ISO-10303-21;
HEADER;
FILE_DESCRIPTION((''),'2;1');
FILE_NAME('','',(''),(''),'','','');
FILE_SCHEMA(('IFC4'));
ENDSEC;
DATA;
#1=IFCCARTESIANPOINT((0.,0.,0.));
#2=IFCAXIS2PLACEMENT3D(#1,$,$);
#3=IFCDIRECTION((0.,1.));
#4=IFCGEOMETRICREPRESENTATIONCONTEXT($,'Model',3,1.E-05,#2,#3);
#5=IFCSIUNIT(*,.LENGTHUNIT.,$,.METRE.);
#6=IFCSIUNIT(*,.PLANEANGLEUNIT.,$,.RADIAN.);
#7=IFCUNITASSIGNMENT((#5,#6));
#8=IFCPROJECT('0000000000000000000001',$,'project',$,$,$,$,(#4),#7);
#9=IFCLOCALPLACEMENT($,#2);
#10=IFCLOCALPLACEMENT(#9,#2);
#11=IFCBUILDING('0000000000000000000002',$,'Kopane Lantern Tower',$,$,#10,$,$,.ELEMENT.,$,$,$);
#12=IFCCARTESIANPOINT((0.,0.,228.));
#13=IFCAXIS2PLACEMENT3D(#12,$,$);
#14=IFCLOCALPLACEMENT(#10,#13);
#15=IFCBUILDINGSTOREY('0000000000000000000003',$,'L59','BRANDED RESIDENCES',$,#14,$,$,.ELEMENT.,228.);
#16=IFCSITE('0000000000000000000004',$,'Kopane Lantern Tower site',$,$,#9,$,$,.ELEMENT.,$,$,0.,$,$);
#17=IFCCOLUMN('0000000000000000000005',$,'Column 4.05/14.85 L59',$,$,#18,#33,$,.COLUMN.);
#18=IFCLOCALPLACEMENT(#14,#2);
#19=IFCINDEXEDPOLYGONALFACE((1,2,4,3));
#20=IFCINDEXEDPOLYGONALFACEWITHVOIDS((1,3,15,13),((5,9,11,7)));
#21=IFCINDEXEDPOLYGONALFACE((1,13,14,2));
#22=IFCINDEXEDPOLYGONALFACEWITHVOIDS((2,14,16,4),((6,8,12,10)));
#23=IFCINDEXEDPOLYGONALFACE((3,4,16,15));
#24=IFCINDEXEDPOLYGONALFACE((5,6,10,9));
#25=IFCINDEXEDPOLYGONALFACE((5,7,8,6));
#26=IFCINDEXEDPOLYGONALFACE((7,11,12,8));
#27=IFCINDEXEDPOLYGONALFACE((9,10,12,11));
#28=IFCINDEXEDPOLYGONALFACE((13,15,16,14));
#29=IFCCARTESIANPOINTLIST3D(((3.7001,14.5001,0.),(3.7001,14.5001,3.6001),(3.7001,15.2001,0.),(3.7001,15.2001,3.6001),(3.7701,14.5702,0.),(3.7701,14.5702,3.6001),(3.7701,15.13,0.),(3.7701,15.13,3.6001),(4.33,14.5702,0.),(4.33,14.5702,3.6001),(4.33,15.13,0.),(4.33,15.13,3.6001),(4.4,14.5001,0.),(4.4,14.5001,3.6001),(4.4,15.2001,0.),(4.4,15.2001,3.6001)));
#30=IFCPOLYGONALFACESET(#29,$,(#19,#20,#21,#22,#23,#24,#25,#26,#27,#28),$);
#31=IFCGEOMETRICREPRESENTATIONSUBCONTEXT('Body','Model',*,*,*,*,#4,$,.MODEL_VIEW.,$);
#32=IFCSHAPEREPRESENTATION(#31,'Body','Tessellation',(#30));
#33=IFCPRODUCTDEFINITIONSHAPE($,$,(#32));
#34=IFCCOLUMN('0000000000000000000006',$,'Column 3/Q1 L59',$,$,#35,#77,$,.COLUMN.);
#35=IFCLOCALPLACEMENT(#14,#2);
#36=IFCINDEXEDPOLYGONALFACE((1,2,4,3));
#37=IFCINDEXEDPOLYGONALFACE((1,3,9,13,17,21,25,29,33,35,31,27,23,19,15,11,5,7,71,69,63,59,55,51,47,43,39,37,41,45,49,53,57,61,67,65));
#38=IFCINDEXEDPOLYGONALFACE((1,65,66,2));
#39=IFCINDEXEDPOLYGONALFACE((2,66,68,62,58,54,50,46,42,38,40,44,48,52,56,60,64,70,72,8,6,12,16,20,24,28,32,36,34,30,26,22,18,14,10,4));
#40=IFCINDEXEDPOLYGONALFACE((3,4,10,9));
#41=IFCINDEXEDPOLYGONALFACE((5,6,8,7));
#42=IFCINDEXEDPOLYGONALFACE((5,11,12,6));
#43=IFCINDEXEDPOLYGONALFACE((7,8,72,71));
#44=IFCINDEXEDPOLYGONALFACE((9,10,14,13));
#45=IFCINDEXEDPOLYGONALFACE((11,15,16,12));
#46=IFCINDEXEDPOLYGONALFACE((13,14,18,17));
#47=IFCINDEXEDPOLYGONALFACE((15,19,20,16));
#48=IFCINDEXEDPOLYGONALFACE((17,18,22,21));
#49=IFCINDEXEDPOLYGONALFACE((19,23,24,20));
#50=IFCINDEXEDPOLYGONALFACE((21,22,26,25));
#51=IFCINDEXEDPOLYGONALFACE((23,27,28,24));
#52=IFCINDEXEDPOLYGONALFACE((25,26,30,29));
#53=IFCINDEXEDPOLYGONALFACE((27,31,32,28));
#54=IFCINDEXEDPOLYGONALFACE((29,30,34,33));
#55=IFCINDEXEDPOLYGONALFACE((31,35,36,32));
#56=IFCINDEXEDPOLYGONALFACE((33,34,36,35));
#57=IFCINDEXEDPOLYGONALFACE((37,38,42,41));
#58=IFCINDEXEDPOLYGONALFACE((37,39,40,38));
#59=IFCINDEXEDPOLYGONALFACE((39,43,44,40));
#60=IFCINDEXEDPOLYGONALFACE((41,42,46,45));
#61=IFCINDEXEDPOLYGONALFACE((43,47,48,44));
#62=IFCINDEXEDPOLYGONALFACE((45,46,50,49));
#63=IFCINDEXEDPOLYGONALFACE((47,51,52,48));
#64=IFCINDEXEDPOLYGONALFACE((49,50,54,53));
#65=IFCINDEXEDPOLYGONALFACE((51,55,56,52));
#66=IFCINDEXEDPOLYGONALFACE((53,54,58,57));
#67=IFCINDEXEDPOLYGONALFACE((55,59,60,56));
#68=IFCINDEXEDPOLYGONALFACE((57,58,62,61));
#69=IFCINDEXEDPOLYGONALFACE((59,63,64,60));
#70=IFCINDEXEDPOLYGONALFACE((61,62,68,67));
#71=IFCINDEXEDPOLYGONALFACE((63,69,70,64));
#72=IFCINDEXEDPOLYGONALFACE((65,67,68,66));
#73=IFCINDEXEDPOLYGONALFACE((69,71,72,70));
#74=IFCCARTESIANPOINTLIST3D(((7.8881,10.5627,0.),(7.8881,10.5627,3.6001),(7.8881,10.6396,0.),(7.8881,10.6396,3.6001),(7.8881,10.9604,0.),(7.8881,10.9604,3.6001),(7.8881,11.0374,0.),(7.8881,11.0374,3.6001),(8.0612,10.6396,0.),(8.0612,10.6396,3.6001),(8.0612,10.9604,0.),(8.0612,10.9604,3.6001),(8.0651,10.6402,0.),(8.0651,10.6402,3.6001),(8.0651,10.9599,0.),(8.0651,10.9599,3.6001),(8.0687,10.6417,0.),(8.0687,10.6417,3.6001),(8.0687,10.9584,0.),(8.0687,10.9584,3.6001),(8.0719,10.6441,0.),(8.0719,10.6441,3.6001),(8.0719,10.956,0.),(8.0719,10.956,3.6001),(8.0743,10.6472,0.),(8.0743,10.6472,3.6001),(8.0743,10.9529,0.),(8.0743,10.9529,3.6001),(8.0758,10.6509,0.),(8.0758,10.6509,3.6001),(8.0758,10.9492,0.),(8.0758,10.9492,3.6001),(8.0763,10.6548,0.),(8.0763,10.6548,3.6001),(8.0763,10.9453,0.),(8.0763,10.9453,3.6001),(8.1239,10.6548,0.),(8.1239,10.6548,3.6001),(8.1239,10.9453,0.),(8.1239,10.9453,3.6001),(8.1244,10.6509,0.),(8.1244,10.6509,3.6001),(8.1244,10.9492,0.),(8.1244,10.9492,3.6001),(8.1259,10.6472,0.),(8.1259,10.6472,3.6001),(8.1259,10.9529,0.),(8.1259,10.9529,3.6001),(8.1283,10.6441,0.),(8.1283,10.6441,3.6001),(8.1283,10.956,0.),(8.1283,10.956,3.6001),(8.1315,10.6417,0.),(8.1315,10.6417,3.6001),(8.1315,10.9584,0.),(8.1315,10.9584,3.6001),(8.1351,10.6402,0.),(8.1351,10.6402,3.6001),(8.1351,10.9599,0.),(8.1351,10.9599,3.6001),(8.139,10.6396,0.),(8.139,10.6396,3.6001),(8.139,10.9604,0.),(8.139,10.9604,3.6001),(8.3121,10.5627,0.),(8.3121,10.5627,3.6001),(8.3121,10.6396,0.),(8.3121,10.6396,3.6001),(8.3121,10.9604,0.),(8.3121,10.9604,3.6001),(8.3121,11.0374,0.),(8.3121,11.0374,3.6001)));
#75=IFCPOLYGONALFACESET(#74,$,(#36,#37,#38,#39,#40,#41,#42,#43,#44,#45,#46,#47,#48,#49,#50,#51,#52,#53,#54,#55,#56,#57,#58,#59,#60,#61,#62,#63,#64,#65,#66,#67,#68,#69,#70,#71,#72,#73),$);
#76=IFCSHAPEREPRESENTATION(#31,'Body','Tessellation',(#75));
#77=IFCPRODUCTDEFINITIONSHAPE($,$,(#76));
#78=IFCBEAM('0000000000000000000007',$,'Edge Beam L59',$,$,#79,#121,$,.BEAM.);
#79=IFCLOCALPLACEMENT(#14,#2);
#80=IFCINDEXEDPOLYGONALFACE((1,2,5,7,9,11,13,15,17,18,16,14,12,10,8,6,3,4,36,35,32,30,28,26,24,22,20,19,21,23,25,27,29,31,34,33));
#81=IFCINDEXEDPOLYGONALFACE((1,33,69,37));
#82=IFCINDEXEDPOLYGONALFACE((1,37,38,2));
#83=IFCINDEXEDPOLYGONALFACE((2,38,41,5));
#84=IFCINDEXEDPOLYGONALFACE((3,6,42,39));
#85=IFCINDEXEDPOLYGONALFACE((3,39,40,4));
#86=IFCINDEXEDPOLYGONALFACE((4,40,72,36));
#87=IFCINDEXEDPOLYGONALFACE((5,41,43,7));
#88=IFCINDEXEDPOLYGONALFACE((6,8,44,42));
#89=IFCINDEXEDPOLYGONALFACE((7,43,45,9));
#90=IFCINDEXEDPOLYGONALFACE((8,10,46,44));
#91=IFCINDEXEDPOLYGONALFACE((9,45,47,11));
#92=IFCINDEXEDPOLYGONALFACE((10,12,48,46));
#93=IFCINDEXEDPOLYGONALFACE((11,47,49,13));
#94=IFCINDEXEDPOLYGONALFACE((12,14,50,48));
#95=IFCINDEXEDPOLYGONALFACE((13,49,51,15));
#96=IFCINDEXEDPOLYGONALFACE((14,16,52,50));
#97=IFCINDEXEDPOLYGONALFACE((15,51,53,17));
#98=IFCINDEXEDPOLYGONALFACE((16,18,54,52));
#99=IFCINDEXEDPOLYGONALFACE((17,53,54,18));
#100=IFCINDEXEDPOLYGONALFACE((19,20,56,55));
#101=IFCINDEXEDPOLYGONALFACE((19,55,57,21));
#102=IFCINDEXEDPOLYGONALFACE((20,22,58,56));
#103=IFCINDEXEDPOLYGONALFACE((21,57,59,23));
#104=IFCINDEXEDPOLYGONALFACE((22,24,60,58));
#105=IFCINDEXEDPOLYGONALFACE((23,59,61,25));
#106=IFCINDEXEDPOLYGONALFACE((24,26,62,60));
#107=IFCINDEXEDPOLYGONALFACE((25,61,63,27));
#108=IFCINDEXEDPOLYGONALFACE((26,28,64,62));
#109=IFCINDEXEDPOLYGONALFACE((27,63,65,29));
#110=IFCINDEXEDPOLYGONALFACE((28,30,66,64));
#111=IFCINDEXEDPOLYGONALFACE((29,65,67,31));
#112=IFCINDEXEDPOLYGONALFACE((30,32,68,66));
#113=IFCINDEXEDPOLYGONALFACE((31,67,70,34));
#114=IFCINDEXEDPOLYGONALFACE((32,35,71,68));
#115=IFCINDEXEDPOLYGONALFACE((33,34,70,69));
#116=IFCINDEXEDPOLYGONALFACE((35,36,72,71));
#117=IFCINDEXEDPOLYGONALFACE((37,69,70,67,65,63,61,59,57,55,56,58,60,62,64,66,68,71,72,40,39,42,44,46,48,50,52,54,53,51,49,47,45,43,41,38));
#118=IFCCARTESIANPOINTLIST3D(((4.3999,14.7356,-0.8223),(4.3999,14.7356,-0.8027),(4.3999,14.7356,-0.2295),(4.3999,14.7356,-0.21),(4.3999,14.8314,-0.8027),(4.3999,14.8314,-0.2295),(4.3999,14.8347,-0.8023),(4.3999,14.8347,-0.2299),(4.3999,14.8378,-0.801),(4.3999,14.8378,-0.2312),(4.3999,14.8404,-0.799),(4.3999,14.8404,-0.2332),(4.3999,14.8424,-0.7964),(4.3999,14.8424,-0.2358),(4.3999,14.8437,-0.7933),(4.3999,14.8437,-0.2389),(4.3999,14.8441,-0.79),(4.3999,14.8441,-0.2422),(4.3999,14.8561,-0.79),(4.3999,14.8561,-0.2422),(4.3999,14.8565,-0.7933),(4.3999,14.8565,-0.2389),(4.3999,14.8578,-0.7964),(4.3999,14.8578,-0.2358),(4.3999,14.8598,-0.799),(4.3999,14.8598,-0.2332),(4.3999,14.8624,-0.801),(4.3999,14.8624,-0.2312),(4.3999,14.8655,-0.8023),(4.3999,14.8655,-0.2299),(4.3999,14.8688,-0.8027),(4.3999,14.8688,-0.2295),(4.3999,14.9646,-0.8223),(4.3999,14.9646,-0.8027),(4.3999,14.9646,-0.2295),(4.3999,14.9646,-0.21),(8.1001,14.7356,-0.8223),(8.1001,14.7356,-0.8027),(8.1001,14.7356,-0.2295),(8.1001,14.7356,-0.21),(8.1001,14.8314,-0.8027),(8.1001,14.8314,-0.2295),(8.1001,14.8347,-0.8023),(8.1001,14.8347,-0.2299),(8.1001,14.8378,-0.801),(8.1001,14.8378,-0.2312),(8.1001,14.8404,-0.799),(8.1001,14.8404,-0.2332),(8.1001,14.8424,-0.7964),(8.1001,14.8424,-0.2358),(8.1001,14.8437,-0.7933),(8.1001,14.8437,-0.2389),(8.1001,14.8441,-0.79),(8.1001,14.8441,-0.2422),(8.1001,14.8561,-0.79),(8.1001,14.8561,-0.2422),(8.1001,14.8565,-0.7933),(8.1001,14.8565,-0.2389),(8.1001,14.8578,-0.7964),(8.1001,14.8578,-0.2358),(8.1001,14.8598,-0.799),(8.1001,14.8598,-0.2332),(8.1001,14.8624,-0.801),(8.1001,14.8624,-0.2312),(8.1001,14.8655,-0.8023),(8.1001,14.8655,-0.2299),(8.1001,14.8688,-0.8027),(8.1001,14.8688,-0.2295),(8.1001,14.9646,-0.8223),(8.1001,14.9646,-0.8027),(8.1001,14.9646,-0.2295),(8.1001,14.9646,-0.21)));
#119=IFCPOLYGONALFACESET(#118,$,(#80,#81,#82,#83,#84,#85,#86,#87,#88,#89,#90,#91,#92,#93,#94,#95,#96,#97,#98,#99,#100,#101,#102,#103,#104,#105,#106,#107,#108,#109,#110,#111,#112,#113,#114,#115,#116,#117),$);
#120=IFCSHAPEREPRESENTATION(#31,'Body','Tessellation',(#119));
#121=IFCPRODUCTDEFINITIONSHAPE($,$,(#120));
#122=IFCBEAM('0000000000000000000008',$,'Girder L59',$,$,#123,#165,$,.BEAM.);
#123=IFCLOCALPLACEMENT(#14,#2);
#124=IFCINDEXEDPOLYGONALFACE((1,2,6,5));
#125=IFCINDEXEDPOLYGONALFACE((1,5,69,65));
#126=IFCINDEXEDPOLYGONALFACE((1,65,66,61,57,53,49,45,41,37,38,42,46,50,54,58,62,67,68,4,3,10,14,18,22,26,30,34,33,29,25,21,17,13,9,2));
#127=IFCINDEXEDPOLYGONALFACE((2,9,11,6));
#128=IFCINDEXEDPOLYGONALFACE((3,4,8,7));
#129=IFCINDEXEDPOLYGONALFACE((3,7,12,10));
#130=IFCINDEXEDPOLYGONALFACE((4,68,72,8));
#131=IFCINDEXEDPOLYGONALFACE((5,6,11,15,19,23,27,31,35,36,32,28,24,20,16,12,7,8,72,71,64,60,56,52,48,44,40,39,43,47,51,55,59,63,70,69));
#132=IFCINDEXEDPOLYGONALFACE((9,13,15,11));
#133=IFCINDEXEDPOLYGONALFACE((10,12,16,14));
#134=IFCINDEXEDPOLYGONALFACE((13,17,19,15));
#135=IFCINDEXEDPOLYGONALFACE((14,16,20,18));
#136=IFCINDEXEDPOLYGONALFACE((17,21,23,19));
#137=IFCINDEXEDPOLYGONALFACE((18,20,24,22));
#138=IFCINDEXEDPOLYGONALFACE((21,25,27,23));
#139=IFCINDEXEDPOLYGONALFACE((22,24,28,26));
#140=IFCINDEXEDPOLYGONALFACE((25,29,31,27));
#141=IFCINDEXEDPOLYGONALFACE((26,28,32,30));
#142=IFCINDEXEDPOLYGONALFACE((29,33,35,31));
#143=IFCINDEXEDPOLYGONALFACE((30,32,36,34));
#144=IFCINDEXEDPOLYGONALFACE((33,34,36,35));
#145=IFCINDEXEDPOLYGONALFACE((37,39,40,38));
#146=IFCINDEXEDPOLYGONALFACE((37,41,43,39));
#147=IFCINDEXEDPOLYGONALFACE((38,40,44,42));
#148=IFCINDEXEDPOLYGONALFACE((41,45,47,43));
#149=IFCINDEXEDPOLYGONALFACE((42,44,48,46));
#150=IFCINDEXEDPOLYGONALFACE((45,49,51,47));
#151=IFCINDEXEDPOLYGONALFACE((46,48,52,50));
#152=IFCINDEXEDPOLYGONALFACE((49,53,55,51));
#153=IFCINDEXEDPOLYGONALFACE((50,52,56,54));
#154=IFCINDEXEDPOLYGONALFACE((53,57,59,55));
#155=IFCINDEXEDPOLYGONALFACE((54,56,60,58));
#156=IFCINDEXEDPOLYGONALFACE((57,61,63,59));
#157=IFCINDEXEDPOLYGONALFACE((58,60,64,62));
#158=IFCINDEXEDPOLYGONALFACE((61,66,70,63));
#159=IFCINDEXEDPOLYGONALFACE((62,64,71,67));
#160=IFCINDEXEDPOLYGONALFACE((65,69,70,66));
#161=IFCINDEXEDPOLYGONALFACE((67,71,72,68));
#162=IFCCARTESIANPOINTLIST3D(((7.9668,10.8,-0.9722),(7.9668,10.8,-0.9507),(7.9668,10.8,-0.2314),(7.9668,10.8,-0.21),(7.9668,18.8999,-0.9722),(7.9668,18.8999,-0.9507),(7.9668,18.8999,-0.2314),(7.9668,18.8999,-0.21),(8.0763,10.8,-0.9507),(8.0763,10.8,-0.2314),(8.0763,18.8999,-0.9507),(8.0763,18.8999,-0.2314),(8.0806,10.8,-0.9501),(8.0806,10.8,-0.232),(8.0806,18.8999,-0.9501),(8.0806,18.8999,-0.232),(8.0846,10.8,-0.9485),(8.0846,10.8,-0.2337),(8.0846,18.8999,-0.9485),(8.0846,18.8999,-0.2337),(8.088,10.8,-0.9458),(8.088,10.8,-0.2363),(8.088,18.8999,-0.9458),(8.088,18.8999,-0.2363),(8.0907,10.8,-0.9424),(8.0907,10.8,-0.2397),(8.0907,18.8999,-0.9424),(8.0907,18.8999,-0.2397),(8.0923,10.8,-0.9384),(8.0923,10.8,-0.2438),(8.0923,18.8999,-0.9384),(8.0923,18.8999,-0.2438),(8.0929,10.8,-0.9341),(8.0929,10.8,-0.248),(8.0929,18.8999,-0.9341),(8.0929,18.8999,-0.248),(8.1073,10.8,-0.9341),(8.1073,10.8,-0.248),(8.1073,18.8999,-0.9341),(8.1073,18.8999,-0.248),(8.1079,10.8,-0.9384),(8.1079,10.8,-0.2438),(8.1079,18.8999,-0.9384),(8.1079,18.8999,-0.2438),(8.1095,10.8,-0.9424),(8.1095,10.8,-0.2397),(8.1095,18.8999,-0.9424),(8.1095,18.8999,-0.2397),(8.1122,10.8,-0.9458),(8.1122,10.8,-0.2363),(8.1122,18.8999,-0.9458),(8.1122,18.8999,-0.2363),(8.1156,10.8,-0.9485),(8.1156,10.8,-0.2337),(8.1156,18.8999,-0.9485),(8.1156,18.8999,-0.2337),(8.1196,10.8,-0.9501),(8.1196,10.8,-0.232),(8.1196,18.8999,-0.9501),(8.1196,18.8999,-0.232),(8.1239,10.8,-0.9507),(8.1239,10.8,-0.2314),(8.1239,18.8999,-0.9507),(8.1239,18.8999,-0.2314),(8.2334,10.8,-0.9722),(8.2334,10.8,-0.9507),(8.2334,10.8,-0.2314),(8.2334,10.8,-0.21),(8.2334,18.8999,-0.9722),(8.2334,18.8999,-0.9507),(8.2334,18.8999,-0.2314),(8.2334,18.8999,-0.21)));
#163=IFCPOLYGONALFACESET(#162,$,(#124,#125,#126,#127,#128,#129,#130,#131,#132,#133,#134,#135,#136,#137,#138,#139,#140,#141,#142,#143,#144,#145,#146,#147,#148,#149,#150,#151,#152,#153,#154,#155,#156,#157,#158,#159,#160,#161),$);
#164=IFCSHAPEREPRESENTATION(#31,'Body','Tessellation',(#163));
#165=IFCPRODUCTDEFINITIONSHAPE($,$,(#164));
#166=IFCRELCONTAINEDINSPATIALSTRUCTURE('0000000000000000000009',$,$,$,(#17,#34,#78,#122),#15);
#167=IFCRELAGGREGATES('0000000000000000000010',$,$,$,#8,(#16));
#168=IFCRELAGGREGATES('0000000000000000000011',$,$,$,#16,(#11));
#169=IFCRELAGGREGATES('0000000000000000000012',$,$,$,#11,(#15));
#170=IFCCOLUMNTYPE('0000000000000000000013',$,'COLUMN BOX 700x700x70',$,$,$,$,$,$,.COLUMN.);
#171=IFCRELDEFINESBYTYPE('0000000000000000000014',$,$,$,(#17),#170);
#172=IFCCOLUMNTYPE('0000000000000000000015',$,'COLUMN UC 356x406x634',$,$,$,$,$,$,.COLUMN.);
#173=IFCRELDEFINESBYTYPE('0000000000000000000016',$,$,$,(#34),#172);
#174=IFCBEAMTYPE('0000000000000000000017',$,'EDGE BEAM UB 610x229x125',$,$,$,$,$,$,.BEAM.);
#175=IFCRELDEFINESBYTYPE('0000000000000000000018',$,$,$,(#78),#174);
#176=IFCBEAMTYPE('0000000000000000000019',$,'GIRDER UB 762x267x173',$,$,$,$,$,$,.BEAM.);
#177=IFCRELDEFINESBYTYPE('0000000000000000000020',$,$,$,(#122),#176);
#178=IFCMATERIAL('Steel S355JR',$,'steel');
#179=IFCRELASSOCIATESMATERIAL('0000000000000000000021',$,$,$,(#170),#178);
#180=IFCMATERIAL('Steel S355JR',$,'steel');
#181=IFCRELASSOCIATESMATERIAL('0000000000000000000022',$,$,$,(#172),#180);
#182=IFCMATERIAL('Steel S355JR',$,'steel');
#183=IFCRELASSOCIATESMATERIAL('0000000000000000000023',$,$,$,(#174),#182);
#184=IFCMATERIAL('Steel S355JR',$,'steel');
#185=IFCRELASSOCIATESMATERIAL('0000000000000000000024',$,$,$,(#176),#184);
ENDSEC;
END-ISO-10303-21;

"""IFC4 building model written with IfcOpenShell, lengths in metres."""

from ifc_helpers import new_model, si_unit, direction, frame, origin, origin_2d, place, context, subcontext, project, spatial, hollow_rectangle, i_section, extrude, material, material_profile, profile_set, type_object, element, save


model = new_model("IFC4")

# Units and contexts
model_context = context("Model", 3, precision=1e-05, world=origin(), true_north=direction((0.0, 1.0)))
body_context = subcontext(model_context, "Body", "Model", "MODEL_VIEW")
ifc_project = project(units=[si_unit("LENGTHUNIT", "METRE"), si_unit("PLANEANGLEUNIT", "RADIAN")], contexts=[model_context])

# Site, building, storey
site_placement = place(None, origin())
site = spatial("IfcSite", under=ifc_project, at=site_placement, Name="Kopane Lantern Tower site", CompositionType="ELEMENT", RefElevation=0.0)
building_placement = place(site_placement, origin())
building = spatial("IfcBuilding", under=site, at=building_placement, Name="Kopane Lantern Tower", CompositionType="ELEMENT")
storey_placement = place(building_placement, frame((0.0, 0.0, 228.0)))
storey = spatial("IfcBuildingStorey", under=building, at=storey_placement, Name="L59", Description="BRANDED RESIDENCES", CompositionType="ELEMENT", Elevation=228.0)

# Columns
ifc_material_1 = material(Name="Steel S355JR", Category="steel")
ifc_material_profile_1 = material_profile(ifc_material_1, hollow_rectangle(XDim=0.7, YDim=0.7, WallThickness=0.0701, at=origin_2d()), Name="BOX 700x700x70")
ifc_profile_set_1 = profile_set([ifc_material_profile_1], Name="Steel S355JR")
column_type_1 = type_object("IfcColumnType", Name="COLUMN BOX 700x700x70", PredefinedType="COLUMN", material=ifc_profile_set_1)
column_1_placement = place(storey_placement, frame((4.05, 14.8501, 0.0), z_axis=(0.0, 0.0, 1.0), x_axis=(1.0, 0.0, 0.0)))
element("IfcColumn", 1, at=column_1_placement, inside=storey, type_object=column_type_1, Name="Column 4.05/14.85 L59", PredefinedType="COLUMN", context=body_context, shape_type="SweptSolid", body=[
    extrude(hollow_rectangle(XDim=0.7, YDim=0.7, WallThickness=0.0701, at=origin_2d()), origin(), (0.0, 0.0, 1.0), 3.6001),
])
ifc_material_2 = material(Name="Steel S355JR", Category="steel")
ifc_material_profile_2 = material_profile(ifc_material_2, i_section(OverallWidth=0.4241, OverallDepth=0.4746, WebThickness=0.0476, FlangeThickness=0.0769, FilletRadius=0.0151, at=origin_2d()), Name="UC 356x406x634")
ifc_profile_set_2 = profile_set([ifc_material_profile_2], Name="Steel S355JR")
column_type_2 = type_object("IfcColumnType", Name="COLUMN UC 356x406x634", PredefinedType="COLUMN", material=ifc_profile_set_2)
column_2_placement = place(storey_placement, frame((8.1001, 10.8, 0.0), z_axis=(0.0, 0.0, 1.0), x_axis=(1.0, 0.0, 0.0)))
element("IfcColumn", 2, at=column_2_placement, inside=storey, type_object=column_type_2, Name="Column 3/Q1 L59", PredefinedType="COLUMN", context=body_context, shape_type="SweptSolid", body=[
    extrude(i_section(OverallWidth=0.4241, OverallDepth=0.4746, WebThickness=0.0476, FlangeThickness=0.0769, FilletRadius=0.0151, at=origin_2d()), origin(), (0.0, 0.0, 1.0), 3.6001),
])

# Beams
ifc_material_3 = material(Name="Steel S355JR", Category="steel")
ifc_material_profile_3 = material_profile(ifc_material_3, i_section(OverallWidth=0.229, OverallDepth=0.6123, WebThickness=0.012, FlangeThickness=0.0195, FilletRadius=0.0127, at=origin_2d()), Name="UB 610x229x125")
ifc_profile_set_3 = profile_set([ifc_material_profile_3], Name="Steel S355JR")
beam_type_1 = type_object("IfcBeamType", Name="EDGE BEAM UB 610x229x125", PredefinedType="BEAM", material=ifc_profile_set_3)
beam_placement = place(storey_placement, frame((4.3999, 14.8501, -0.5161), z_axis=(1.0, 0.0, 0.0), x_axis=(0.0, 1.0, 0.0)))
element("IfcBeam", 3, at=beam_placement, inside=storey, type_object=beam_type_1, Name="Edge Beam L59", PredefinedType="BEAM", context=body_context, shape_type="SweptSolid", body=[
    extrude(i_section(OverallWidth=0.229, OverallDepth=0.6123, WebThickness=0.012, FlangeThickness=0.0195, FilletRadius=0.0127, at=origin_2d()), origin(), (0.0, 0.0, 1.0), 3.7002),
])
ifc_material_4 = material(Name="Steel S355JR", Category="steel")
ifc_material_profile_4 = material_profile(ifc_material_4, i_section(OverallWidth=0.2666, OverallDepth=0.7622, WebThickness=0.0144, FlangeThickness=0.0215, FilletRadius=0.0166, at=origin_2d()), Name="UB 762x267x173")
ifc_profile_set_4 = profile_set([ifc_material_profile_4], Name="Steel S355JR")
beam_type_2 = type_object("IfcBeamType", Name="GIRDER UB 762x267x173", PredefinedType="BEAM", material=ifc_profile_set_4)
for number, where, z_axis, x_axis, name in (
    (4, (8.1001, 10.8, -0.5911), (0.0, 1.0, 0.0), (-1.0, 0.0, 0.0), "Girder L59"),
):
    element("IfcBeam", number, at=place(storey_placement, frame(where, z_axis=z_axis, x_axis=x_axis)), inside=storey, type_object=beam_type_2, Name=name, PredefinedType="BEAM", context=body_context, shape_type="SweptSolid", body=[
        extrude(i_section(OverallWidth=0.2666, OverallDepth=0.7622, WebThickness=0.0144, FlangeThickness=0.0215, FilletRadius=0.0166, at=origin_2d()), origin(), (0.0, 0.0, 1.0), 8.0999),
    ])

save(model, "model.ifc")
